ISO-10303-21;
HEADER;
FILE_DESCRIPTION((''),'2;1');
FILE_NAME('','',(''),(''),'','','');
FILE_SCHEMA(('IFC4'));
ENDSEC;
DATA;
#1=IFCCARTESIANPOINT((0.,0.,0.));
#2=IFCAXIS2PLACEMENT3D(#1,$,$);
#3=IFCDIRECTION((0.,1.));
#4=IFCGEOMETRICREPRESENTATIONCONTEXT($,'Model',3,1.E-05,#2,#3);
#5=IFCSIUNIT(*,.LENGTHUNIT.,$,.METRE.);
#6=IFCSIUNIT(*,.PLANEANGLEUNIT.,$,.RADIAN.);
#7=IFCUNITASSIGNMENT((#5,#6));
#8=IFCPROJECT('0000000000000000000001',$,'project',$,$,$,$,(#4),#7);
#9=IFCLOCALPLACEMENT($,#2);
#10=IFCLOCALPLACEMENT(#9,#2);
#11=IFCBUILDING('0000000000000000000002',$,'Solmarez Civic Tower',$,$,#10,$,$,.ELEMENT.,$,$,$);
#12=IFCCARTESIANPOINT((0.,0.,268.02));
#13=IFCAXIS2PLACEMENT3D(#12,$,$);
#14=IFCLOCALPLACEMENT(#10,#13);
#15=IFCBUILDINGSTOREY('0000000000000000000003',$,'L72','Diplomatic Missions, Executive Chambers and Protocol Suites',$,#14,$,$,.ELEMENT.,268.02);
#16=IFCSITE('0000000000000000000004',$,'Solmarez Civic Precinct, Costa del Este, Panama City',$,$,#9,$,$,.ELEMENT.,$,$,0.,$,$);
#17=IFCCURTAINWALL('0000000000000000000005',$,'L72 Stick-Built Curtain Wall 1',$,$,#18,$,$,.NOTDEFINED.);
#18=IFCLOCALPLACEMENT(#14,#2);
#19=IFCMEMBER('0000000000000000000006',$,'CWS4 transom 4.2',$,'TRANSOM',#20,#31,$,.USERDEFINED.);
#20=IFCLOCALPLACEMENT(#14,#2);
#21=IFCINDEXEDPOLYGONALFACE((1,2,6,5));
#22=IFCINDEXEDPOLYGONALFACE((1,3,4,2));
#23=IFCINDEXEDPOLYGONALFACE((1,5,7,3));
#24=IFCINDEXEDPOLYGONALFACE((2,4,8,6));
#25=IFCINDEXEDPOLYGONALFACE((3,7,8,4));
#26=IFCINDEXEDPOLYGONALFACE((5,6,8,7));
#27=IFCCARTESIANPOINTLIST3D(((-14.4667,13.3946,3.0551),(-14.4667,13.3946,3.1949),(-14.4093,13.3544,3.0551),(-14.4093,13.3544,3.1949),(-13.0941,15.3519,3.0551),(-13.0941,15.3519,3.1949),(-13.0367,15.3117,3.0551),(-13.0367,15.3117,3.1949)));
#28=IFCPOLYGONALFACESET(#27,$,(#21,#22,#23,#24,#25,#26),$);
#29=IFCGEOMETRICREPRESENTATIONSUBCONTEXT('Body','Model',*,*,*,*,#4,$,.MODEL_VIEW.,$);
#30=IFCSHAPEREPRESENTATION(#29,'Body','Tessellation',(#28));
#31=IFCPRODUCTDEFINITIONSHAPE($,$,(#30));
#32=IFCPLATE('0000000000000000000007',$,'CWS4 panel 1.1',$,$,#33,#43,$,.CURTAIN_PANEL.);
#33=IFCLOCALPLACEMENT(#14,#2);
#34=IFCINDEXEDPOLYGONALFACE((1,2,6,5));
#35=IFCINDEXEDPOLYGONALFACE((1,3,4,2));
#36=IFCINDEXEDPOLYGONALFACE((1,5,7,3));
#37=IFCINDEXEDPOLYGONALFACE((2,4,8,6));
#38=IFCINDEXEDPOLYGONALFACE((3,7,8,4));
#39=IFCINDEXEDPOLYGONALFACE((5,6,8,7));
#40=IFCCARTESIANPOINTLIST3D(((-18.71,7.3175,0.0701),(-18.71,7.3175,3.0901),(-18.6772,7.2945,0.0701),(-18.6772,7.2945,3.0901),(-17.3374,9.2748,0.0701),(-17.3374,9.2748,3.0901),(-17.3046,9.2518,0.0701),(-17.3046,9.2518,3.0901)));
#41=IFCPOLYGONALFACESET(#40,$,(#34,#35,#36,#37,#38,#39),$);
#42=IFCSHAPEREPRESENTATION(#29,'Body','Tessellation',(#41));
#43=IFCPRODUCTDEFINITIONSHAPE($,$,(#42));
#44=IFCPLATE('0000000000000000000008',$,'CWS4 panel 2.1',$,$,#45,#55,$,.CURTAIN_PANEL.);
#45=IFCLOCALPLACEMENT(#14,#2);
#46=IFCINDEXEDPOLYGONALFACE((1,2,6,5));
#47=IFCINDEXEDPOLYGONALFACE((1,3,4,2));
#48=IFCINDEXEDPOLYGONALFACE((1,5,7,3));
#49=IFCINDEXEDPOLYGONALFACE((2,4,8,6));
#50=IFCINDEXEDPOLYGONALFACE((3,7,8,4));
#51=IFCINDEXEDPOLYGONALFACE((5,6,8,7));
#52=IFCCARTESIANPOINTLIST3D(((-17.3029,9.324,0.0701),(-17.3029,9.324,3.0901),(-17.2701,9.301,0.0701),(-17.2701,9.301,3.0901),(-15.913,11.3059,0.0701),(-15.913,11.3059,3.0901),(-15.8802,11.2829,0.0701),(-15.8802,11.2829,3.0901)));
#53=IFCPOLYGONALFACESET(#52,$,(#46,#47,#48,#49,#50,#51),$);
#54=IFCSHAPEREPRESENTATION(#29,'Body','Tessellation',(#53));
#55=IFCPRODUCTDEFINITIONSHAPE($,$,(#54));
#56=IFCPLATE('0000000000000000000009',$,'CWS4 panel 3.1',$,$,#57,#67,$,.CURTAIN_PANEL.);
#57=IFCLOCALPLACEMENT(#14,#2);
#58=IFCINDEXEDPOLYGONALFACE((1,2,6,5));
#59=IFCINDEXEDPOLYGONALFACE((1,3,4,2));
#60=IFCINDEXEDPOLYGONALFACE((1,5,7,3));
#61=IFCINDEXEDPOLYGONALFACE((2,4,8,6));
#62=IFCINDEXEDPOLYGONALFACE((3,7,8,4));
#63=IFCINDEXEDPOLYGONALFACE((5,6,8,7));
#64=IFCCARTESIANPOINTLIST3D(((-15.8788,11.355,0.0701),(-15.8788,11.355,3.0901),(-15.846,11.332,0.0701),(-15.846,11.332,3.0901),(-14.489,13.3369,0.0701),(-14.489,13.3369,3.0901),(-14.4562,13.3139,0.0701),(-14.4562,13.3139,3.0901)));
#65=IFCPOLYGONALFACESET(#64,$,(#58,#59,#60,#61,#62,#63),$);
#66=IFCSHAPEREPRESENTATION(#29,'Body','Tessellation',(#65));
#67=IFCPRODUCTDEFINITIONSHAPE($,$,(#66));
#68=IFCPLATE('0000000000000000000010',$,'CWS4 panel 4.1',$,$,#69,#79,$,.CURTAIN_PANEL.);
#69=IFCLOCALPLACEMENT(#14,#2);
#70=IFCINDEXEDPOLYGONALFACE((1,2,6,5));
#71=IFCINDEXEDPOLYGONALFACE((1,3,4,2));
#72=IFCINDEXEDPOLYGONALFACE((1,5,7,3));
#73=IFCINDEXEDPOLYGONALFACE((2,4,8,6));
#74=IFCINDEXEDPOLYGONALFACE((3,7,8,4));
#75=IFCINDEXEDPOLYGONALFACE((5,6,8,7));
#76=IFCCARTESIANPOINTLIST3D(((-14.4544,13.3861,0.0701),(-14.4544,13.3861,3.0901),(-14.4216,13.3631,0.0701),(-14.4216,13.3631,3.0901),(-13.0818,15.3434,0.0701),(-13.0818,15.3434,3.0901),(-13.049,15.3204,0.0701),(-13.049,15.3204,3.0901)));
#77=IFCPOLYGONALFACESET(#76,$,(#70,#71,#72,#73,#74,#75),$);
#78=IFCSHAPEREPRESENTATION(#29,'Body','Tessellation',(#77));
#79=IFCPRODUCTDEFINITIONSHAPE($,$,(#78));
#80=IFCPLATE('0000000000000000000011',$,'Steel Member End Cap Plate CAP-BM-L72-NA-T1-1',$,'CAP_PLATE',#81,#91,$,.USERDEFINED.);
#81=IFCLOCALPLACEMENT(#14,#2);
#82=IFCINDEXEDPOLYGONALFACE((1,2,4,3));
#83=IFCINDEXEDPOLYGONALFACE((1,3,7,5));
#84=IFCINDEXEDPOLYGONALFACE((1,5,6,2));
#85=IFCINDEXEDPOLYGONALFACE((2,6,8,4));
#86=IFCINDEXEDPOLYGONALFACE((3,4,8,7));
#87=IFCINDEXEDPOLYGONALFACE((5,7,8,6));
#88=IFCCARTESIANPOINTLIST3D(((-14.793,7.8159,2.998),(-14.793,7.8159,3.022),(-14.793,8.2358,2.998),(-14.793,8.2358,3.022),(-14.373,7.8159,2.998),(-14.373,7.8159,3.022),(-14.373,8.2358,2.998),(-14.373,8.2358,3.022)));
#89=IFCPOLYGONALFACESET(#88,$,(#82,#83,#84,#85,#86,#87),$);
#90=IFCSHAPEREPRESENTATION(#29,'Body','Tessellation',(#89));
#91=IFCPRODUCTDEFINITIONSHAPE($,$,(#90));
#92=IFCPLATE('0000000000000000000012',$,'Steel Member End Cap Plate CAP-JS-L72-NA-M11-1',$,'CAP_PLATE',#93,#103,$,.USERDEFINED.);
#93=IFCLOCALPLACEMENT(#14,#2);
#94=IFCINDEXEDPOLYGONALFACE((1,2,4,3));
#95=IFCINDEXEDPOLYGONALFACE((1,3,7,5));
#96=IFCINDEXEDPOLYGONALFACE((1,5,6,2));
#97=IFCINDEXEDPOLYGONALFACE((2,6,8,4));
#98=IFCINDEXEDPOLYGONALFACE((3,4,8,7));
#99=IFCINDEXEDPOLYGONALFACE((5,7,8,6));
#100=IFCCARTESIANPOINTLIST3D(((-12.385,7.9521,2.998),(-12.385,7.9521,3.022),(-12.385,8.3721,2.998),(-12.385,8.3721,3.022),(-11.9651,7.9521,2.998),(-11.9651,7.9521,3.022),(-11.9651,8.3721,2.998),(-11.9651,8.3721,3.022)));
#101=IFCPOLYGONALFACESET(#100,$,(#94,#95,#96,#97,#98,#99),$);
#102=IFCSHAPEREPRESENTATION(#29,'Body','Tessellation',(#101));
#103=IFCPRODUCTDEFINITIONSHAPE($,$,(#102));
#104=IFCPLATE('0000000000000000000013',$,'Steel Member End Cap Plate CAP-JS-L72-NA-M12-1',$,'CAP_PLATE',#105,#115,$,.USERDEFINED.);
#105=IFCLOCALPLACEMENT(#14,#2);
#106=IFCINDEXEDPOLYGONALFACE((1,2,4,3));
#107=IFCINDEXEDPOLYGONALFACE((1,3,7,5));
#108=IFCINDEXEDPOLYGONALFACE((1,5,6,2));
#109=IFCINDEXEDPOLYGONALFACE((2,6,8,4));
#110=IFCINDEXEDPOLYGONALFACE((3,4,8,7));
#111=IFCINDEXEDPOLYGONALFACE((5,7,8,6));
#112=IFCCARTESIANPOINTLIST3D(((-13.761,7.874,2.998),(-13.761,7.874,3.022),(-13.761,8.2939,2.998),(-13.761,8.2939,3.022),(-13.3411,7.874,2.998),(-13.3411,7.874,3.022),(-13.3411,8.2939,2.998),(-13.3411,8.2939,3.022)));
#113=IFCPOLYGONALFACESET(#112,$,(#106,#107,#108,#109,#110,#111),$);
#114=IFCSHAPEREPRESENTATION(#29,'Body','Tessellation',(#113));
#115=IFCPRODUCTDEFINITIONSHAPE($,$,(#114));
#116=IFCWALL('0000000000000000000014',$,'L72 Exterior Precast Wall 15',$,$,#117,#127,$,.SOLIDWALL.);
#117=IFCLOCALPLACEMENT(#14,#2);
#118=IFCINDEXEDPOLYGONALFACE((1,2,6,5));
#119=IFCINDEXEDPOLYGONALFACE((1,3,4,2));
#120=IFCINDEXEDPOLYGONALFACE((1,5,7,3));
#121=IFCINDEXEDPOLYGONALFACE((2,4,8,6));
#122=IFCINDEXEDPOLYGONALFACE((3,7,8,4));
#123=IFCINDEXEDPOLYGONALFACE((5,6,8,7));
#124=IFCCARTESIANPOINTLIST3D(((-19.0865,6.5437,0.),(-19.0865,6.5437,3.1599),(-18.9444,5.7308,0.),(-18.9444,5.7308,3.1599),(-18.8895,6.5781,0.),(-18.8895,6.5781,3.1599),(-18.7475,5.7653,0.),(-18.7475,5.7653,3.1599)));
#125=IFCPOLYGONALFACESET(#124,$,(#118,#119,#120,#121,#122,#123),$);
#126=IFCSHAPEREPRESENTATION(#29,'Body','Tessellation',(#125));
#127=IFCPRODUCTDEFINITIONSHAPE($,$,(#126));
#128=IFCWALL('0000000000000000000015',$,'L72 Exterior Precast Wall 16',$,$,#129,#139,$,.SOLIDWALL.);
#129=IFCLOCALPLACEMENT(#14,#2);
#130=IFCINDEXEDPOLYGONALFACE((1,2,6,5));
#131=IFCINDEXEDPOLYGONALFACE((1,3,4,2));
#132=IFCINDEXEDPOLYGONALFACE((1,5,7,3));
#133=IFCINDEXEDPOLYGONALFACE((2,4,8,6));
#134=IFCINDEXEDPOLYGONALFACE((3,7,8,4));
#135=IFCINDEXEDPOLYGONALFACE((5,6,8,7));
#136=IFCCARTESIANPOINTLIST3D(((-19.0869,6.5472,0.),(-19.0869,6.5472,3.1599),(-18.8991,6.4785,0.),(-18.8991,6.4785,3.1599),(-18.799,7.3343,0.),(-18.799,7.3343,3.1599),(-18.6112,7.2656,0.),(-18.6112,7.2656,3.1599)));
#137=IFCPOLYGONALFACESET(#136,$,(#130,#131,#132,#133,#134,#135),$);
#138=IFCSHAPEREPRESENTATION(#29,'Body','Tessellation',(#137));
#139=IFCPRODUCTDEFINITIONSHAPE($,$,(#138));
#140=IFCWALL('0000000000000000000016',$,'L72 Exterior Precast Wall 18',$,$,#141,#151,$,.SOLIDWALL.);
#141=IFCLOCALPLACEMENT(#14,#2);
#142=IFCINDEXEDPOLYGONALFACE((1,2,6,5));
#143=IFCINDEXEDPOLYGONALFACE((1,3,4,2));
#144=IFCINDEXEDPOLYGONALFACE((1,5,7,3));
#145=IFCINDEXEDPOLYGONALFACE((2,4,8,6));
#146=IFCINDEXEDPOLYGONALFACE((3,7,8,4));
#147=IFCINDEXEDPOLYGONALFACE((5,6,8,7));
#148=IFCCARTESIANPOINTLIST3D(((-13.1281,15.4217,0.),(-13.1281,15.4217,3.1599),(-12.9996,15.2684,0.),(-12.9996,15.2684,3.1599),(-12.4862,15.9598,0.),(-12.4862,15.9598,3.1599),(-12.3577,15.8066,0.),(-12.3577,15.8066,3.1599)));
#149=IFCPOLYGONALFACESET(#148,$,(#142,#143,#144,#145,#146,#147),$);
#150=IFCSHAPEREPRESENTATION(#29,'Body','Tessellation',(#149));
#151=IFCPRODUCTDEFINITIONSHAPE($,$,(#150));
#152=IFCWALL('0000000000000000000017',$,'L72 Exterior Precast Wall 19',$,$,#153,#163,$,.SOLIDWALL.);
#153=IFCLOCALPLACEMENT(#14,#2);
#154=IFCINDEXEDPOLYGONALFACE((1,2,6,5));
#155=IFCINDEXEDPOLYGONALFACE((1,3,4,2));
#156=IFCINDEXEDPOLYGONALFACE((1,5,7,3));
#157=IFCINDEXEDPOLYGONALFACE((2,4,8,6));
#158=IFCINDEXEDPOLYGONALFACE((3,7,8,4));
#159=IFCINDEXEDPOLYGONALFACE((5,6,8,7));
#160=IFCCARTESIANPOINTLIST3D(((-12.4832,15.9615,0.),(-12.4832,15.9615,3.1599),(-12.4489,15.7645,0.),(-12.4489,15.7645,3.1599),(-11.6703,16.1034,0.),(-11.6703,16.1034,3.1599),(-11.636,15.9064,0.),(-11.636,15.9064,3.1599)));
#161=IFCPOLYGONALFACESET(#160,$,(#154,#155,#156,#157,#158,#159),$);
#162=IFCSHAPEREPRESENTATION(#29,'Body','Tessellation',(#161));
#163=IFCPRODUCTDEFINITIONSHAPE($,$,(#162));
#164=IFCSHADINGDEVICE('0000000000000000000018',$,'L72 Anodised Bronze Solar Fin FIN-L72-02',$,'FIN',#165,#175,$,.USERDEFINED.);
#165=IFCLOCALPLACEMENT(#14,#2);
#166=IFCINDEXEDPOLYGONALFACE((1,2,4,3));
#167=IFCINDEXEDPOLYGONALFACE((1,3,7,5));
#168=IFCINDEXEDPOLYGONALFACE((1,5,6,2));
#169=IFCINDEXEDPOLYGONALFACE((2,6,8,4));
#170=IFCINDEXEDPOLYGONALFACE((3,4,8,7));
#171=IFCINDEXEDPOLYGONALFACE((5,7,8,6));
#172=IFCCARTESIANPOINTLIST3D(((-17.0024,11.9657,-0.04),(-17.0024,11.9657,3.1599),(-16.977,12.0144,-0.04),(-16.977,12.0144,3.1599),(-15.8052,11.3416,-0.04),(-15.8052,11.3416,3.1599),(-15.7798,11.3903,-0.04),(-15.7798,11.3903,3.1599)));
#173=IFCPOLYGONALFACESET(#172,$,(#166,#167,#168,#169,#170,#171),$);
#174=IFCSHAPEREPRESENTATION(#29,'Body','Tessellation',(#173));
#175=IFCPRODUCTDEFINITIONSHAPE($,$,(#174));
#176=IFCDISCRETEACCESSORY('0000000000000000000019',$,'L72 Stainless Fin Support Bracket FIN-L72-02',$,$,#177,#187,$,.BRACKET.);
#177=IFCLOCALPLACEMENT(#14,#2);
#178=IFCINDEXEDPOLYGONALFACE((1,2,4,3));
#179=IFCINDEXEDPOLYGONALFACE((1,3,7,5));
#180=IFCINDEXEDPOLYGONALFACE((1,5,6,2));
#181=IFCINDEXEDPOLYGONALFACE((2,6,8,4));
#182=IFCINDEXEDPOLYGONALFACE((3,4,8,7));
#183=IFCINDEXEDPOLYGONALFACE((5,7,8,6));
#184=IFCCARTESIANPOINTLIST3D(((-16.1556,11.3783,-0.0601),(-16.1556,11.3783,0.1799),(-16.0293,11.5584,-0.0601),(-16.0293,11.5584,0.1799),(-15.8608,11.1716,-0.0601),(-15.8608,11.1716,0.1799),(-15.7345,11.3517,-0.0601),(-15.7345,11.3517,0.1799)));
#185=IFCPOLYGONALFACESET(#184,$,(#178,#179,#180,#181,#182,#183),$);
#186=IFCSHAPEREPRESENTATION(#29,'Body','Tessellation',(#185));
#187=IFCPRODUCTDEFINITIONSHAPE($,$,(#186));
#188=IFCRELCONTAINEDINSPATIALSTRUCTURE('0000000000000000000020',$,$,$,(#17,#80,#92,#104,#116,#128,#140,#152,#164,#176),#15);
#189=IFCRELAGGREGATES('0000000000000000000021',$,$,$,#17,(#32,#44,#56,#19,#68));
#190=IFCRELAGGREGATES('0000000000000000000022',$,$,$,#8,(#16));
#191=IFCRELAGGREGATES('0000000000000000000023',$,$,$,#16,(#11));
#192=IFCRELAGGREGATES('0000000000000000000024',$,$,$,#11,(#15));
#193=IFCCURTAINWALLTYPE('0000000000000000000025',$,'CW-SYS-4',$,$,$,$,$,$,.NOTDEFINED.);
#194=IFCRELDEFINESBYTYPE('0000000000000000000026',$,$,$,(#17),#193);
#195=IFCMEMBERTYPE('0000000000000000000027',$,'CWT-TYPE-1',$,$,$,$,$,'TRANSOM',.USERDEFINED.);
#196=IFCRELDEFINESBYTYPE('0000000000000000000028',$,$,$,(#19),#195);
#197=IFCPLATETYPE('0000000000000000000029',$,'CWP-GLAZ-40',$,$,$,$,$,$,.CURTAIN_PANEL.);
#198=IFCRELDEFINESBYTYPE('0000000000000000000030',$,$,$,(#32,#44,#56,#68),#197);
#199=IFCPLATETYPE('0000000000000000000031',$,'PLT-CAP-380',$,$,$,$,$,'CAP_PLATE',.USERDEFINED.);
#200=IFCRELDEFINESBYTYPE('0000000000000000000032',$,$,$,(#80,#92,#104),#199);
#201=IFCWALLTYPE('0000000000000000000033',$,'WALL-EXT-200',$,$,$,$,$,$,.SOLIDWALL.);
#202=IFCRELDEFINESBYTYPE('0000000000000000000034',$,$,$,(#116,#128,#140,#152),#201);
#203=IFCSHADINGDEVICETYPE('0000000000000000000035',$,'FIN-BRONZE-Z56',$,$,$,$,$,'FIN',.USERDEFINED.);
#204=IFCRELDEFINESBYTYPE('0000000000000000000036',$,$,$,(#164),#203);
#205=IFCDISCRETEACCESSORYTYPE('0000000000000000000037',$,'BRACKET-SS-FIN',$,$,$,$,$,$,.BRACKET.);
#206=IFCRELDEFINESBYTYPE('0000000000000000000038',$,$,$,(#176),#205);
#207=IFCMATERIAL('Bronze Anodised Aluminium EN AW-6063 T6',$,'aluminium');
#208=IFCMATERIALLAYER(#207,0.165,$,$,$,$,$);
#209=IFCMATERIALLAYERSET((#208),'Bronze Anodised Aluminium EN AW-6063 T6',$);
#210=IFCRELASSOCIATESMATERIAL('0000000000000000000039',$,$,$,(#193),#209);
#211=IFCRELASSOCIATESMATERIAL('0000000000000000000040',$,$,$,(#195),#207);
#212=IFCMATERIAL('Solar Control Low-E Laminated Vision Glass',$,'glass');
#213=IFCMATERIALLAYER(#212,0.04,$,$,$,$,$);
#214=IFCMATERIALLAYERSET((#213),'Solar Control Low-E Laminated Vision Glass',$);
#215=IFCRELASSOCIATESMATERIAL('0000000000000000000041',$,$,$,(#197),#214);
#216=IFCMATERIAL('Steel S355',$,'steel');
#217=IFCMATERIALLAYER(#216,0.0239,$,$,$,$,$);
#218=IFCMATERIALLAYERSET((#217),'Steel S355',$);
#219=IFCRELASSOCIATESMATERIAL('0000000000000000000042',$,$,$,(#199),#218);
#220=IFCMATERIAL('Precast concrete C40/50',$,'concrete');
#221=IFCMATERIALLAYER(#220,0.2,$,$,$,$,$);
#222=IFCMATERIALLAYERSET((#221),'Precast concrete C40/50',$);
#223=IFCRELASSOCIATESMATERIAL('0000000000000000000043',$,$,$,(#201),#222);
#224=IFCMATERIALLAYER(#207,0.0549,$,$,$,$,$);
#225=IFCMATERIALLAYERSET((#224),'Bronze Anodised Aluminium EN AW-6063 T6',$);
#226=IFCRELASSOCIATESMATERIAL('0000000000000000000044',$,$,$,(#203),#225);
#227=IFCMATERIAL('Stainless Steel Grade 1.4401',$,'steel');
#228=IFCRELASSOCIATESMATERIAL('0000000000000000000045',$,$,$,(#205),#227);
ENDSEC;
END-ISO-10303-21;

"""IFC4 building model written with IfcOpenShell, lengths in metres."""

from ifc_helpers import new_model, si_unit, direction, frame, frame_2d, origin, origin_2d, place, context, subcontext, project, spatial, rectangle, extrude, material, layer, layer_set, material_profile, profile_set, type_object, element, aggregate, save


model = new_model("IFC4")

# Units and contexts
model_context = context("Model", 3, precision=1e-05, world=origin(), true_north=direction((0.0, 1.0)))
body_context = subcontext(model_context, "Body", "Model", "MODEL_VIEW")
ifc_project = project(units=[si_unit("LENGTHUNIT", "METRE"), si_unit("PLANEANGLEUNIT", "RADIAN")], contexts=[model_context])

# Site, building, storey
site_placement = place(None, origin())
site = spatial("IfcSite", under=ifc_project, at=site_placement, Name="Solmarez Civic Precinct, Costa del Este, Panama City", CompositionType="ELEMENT", RefElevation=0.0)
building_placement = place(site_placement, origin())
building = spatial("IfcBuilding", under=site, at=building_placement, Name="Solmarez Civic Tower", CompositionType="ELEMENT")
storey_placement = place(building_placement, frame((0.0, 0.0, 268.02)))
storey = spatial("IfcBuildingStorey", under=building, at=storey_placement, Name="L72", Description="Diplomatic Missions, Executive Chambers and Protocol Suites", CompositionType="ELEMENT", Elevation=268.02)

# Curtain wall, member, plates
ifc_material_1 = material(Name="Bronze Anodised Aluminium EN AW-6063 T6", Category="aluminium")
ifc_layer_1 = layer(ifc_material_1, 0.165)
ifc_layer_set_1 = layer_set([ifc_layer_1], Name="Bronze Anodised Aluminium EN AW-6063 T6")
curtain_wall_type = type_object("IfcCurtainWallType", Name="CW-SYS-4", PredefinedType="NOTDEFINED", material=ifc_layer_set_1)
curtain_wall_placement = place(storey_placement, origin())
curtain_wall = element("IfcCurtainWall", 1, at=curtain_wall_placement, inside=storey, type_object=curtain_wall_type, Name="L72 Stick-Built Curtain Wall 1", PredefinedType="NOTDEFINED")
ifc_material_profile_1 = material_profile(ifc_material_1, rectangle(XDim=0.0701, YDim=0.1399, at=origin_2d()), Name="CWT-70X140")
ifc_profile_set_1 = profile_set([ifc_material_profile_1], Name="Bronze Anodised Aluminium EN AW-6063 T6")
member_type_1 = type_object("IfcMemberType", Name="CWT-TYPE-1", ElementType="TRANSOM", PredefinedType="USERDEFINED", material=ifc_profile_set_1)
member_1_placement = place(storey_placement, frame((-14.438, 13.3745, 3.125), z_axis=(0.574154, 0.818747, 0.0), x_axis=(-0.818747, 0.574154, 0.0)))
member_1 = element("IfcMember", 2, at=member_1_placement, type_object=member_type_1, Name="CWS4 transom 4.2", ObjectType="TRANSOM", PredefinedType="USERDEFINED", context=body_context, shape_type="SweptSolid", body=[
    extrude(rectangle(XDim=0.0701, YDim=0.1399, at=origin_2d()), origin(), (0.0, 0.0, 1.0), 2.3906),
])
ifc_material_2 = material(Name="Solar Control Low-E Laminated Vision Glass", Category="glass")
ifc_layer_2 = layer(ifc_material_2, 0.04)
ifc_layer_set_2 = layer_set([ifc_layer_2], Name="Solar Control Low-E Laminated Vision Glass")
plate_type_1 = type_object("IfcPlateType", Name="CWP-GLAZ-40", PredefinedType="CURTAIN_PANEL", material=ifc_layer_set_2)
plate_1_placement = place(storey_placement, frame((-18.0073, 8.2847, 0.0701), z_axis=(0.0, 0.0, 1.0), x_axis=(0.574152, 0.818749, 0.0)))
plate_1 = element("IfcPlate", 3, at=plate_1_placement, type_object=plate_type_1, Name="CWS4 panel 1.1", PredefinedType="CURTAIN_PANEL", context=body_context, shape_type="SweptSolid", body=[
    extrude(rectangle(XDim=2.3906, YDim=0.04, at=origin_2d()), origin(), (0.0, 0.0, 1.0), 3.02),
])
plate_2_placement = place(storey_placement, frame((-16.5916, 10.3035, 0.0701), z_axis=(0.0, 0.0, 1.0), x_axis=(0.574152, 0.818749, 0.0)))
plate_2 = element("IfcPlate", 4, at=plate_2_placement, type_object=plate_type_1, Name="CWS4 panel 2.1", PredefinedType="CURTAIN_PANEL", context=body_context, shape_type="SweptSolid", body=[
    extrude(rectangle(XDim=2.4207, YDim=0.04, at=origin_2d()), origin(), (0.0, 0.0, 1.0), 3.02),
])
plate_3_placement = place(storey_placement, frame((-15.1675, 12.3345, 0.0701), z_axis=(0.0, 0.0, 1.0), x_axis=(0.574152, 0.818749, 0.0)))
plate_3 = element("IfcPlate", 5, at=plate_3_placement, type_object=plate_type_1, Name="CWS4 panel 3.1", PredefinedType="CURTAIN_PANEL", context=body_context, shape_type="SweptSolid", body=[
    extrude(rectangle(XDim=2.4207, YDim=0.04, at=origin_2d()), origin(), (0.0, 0.0, 1.0), 3.02),
])
plate_4_placement = place(storey_placement, frame((-13.7517, 14.3533, 0.0701), z_axis=(0.0, 0.0, 1.0), x_axis=(0.574152, 0.818749, 0.0)))
plate_4 = element("IfcPlate", 6, at=plate_4_placement, type_object=plate_type_1, Name="CWS4 panel 4.1", PredefinedType="CURTAIN_PANEL", context=body_context, shape_type="SweptSolid", body=[
    extrude(rectangle(XDim=2.3906, YDim=0.04, at=origin_2d()), origin(), (0.0, 0.0, 1.0), 3.02),
])
aggregate(curtain_wall, [plate_1, plate_2, plate_3, member_1, plate_4])

# Plates
ifc_material_3 = material(Name="Steel S355", Category="steel")
ifc_layer_3 = layer(ifc_material_3, 0.0239)
ifc_layer_set_3 = layer_set([ifc_layer_3], Name="Steel S355")
plate_type_2 = type_object("IfcPlateType", Name="PLT-CAP-380", ElementType="CAP_PLATE", PredefinedType="USERDEFINED", material=ifc_layer_set_3)
for number, where, z_axis, x_axis, name in (
    (7, (-14.583, 8.0259, 2.998), (0.0, 0.0, 1.0), (1.0, 0.0, 0.0), "Steel Member End Cap Plate CAP-BM-L72-NA-T1-1"),
    (8, (-12.175, 8.1621, 2.998), (0.0, 0.0, 1.0), (1.0, 0.0, 0.0), "Steel Member End Cap Plate CAP-JS-L72-NA-M11-1"),
    (9, (-13.551, 8.084, 2.998), (0.0, 0.0, 1.0), (1.0, 0.0, 0.0), "Steel Member End Cap Plate CAP-JS-L72-NA-M12-1"),
):
    element("IfcPlate", number, at=place(storey_placement, frame(where, z_axis=z_axis, x_axis=x_axis)), inside=storey, type_object=plate_type_2, Name=name, ObjectType="CAP_PLATE", PredefinedType="USERDEFINED", context=body_context, shape_type="SweptSolid", body=[
        extrude(rectangle(XDim=0.4199, YDim=0.4199, at=origin_2d()), origin(), (0.0, 0.0, 1.0), 0.0239),
    ])

# Walls
ifc_material_4 = material(Name="Precast concrete C40/50", Category="concrete")
ifc_layer_4 = layer(ifc_material_4, 0.2)
ifc_layer_set_4 = layer_set([ifc_layer_4], Name="Precast concrete C40/50")
wall_type = type_object("IfcWallType", Name="WALL-EXT-200", PredefinedType="SOLIDWALL", material=ifc_layer_set_4)
wall_1_placement = place(storey_placement, frame((-18.8459, 5.748, 0.0), z_axis=(0.0, 0.0, 1.0), x_axis=(-0.172165, 0.985068, 0.0)))
element("IfcWall", 10, at=wall_1_placement, inside=storey, type_object=wall_type, Name="L72 Exterior Precast Wall 15", PredefinedType="SOLIDWALL", context=body_context, shape_type="SweptSolid", body=[
    extrude(rectangle(XDim=0.8252, YDim=0.2, at=frame_2d((0.4126, 0.0))), origin(), (0.0, 0.0, 1.0), 3.1599),
])
wall_2_placement = place(storey_placement, frame((-18.9929, 6.5129, 0.0), z_axis=(0.0, 0.0, 1.0), x_axis=(0.34345, 0.939171, 0.0)))
element("IfcWall", 11, at=wall_2_placement, inside=storey, type_object=wall_type, Name="L72 Exterior Precast Wall 16", PredefinedType="SOLIDWALL", context=body_context, shape_type="SweptSolid", body=[
    extrude(rectangle(XDim=0.8381, YDim=0.2, at=frame_2d((0.4189, 0.0))), origin(), (0.0, 0.0, 1.0), 3.1599),
])
wall_3_placement = place(storey_placement, frame((-13.064, 15.345, 0.0), z_axis=(0.0, 0.0, 1.0), x_axis=(0.76633, 0.642447, 0.0)))
element("IfcWall", 12, at=wall_3_placement, inside=storey, type_object=wall_type, Name="L72 Exterior Precast Wall 18", PredefinedType="SOLIDWALL", context=body_context, shape_type="SweptSolid", body=[
    extrude(rectangle(XDim=0.8376, YDim=0.2, at=frame_2d((0.4189, 0.0))), origin(), (0.0, 0.0, 1.0), 3.1599),
])
wall_4_placement = place(storey_placement, frame((-12.4661, 15.863, 0.0), z_axis=(0.0, 0.0, 1.0), x_axis=(0.985118, 0.171878, 0.0)))
element("IfcWall", 13, at=wall_4_placement, inside=storey, type_object=wall_type, Name="L72 Exterior Precast Wall 19", PredefinedType="SOLIDWALL", context=body_context, shape_type="SweptSolid", body=[
    extrude(rectangle(XDim=0.8252, YDim=0.2, at=frame_2d((0.4126, 0.0))), origin(), (0.0, 0.0, 1.0), 3.1599),
])

# Shading device
ifc_layer_5 = layer(ifc_material_1, 0.0549)
ifc_layer_set_5 = layer_set([ifc_layer_5], Name="Bronze Anodised Aluminium EN AW-6063 T6")
shading_device_type = type_object("IfcShadingDeviceType", Name="FIN-BRONZE-Z56", ElementType="FIN", PredefinedType="USERDEFINED", material=ifc_layer_set_5)
shading_device_placement = place(storey_placement, frame((-16.3911, 11.678, -0.04), z_axis=(0.0, 0.0, 1.0), x_axis=(-0.886745, 0.462259, 0.0)))
element("IfcShadingDevice", 14, at=shading_device_placement, inside=storey, type_object=shading_device_type, Name="L72 Anodised Bronze Solar Fin FIN-L72-02", ObjectType="FIN", PredefinedType="USERDEFINED", context=body_context, shape_type="SweptSolid", body=[
    extrude(rectangle(XDim=1.3501, YDim=0.0549, at=origin_2d()), origin(), (0.0, 0.0, 1.0), 3.2),
])

# Discrete accessory
ifc_material_5 = material(Name="Stainless Steel Grade 1.4401", Category="steel")
discrete_accessory_type = type_object("IfcDiscreteAccessoryType", Name="BRACKET-SS-FIN", PredefinedType="BRACKET", material=ifc_material_5)
discrete_accessory_placement = place(storey_placement, frame((-15.9451, 11.365, -0.0601), z_axis=(0.0, 0.0, 1.0), x_axis=(-0.818746, 0.574155, 0.0)))
element("IfcDiscreteAccessory", 15, at=discrete_accessory_placement, inside=storey, type_object=discrete_accessory_type, Name="L72 Stainless Fin Support Bracket FIN-L72-02", PredefinedType="BRACKET", context=body_context, shape_type="SweptSolid", body=[
    extrude(rectangle(XDim=0.3601, YDim=0.22, at=origin_2d()), origin(), (0.0, 0.0, 1.0), 0.24),
])

save(model, "model.ifc")
